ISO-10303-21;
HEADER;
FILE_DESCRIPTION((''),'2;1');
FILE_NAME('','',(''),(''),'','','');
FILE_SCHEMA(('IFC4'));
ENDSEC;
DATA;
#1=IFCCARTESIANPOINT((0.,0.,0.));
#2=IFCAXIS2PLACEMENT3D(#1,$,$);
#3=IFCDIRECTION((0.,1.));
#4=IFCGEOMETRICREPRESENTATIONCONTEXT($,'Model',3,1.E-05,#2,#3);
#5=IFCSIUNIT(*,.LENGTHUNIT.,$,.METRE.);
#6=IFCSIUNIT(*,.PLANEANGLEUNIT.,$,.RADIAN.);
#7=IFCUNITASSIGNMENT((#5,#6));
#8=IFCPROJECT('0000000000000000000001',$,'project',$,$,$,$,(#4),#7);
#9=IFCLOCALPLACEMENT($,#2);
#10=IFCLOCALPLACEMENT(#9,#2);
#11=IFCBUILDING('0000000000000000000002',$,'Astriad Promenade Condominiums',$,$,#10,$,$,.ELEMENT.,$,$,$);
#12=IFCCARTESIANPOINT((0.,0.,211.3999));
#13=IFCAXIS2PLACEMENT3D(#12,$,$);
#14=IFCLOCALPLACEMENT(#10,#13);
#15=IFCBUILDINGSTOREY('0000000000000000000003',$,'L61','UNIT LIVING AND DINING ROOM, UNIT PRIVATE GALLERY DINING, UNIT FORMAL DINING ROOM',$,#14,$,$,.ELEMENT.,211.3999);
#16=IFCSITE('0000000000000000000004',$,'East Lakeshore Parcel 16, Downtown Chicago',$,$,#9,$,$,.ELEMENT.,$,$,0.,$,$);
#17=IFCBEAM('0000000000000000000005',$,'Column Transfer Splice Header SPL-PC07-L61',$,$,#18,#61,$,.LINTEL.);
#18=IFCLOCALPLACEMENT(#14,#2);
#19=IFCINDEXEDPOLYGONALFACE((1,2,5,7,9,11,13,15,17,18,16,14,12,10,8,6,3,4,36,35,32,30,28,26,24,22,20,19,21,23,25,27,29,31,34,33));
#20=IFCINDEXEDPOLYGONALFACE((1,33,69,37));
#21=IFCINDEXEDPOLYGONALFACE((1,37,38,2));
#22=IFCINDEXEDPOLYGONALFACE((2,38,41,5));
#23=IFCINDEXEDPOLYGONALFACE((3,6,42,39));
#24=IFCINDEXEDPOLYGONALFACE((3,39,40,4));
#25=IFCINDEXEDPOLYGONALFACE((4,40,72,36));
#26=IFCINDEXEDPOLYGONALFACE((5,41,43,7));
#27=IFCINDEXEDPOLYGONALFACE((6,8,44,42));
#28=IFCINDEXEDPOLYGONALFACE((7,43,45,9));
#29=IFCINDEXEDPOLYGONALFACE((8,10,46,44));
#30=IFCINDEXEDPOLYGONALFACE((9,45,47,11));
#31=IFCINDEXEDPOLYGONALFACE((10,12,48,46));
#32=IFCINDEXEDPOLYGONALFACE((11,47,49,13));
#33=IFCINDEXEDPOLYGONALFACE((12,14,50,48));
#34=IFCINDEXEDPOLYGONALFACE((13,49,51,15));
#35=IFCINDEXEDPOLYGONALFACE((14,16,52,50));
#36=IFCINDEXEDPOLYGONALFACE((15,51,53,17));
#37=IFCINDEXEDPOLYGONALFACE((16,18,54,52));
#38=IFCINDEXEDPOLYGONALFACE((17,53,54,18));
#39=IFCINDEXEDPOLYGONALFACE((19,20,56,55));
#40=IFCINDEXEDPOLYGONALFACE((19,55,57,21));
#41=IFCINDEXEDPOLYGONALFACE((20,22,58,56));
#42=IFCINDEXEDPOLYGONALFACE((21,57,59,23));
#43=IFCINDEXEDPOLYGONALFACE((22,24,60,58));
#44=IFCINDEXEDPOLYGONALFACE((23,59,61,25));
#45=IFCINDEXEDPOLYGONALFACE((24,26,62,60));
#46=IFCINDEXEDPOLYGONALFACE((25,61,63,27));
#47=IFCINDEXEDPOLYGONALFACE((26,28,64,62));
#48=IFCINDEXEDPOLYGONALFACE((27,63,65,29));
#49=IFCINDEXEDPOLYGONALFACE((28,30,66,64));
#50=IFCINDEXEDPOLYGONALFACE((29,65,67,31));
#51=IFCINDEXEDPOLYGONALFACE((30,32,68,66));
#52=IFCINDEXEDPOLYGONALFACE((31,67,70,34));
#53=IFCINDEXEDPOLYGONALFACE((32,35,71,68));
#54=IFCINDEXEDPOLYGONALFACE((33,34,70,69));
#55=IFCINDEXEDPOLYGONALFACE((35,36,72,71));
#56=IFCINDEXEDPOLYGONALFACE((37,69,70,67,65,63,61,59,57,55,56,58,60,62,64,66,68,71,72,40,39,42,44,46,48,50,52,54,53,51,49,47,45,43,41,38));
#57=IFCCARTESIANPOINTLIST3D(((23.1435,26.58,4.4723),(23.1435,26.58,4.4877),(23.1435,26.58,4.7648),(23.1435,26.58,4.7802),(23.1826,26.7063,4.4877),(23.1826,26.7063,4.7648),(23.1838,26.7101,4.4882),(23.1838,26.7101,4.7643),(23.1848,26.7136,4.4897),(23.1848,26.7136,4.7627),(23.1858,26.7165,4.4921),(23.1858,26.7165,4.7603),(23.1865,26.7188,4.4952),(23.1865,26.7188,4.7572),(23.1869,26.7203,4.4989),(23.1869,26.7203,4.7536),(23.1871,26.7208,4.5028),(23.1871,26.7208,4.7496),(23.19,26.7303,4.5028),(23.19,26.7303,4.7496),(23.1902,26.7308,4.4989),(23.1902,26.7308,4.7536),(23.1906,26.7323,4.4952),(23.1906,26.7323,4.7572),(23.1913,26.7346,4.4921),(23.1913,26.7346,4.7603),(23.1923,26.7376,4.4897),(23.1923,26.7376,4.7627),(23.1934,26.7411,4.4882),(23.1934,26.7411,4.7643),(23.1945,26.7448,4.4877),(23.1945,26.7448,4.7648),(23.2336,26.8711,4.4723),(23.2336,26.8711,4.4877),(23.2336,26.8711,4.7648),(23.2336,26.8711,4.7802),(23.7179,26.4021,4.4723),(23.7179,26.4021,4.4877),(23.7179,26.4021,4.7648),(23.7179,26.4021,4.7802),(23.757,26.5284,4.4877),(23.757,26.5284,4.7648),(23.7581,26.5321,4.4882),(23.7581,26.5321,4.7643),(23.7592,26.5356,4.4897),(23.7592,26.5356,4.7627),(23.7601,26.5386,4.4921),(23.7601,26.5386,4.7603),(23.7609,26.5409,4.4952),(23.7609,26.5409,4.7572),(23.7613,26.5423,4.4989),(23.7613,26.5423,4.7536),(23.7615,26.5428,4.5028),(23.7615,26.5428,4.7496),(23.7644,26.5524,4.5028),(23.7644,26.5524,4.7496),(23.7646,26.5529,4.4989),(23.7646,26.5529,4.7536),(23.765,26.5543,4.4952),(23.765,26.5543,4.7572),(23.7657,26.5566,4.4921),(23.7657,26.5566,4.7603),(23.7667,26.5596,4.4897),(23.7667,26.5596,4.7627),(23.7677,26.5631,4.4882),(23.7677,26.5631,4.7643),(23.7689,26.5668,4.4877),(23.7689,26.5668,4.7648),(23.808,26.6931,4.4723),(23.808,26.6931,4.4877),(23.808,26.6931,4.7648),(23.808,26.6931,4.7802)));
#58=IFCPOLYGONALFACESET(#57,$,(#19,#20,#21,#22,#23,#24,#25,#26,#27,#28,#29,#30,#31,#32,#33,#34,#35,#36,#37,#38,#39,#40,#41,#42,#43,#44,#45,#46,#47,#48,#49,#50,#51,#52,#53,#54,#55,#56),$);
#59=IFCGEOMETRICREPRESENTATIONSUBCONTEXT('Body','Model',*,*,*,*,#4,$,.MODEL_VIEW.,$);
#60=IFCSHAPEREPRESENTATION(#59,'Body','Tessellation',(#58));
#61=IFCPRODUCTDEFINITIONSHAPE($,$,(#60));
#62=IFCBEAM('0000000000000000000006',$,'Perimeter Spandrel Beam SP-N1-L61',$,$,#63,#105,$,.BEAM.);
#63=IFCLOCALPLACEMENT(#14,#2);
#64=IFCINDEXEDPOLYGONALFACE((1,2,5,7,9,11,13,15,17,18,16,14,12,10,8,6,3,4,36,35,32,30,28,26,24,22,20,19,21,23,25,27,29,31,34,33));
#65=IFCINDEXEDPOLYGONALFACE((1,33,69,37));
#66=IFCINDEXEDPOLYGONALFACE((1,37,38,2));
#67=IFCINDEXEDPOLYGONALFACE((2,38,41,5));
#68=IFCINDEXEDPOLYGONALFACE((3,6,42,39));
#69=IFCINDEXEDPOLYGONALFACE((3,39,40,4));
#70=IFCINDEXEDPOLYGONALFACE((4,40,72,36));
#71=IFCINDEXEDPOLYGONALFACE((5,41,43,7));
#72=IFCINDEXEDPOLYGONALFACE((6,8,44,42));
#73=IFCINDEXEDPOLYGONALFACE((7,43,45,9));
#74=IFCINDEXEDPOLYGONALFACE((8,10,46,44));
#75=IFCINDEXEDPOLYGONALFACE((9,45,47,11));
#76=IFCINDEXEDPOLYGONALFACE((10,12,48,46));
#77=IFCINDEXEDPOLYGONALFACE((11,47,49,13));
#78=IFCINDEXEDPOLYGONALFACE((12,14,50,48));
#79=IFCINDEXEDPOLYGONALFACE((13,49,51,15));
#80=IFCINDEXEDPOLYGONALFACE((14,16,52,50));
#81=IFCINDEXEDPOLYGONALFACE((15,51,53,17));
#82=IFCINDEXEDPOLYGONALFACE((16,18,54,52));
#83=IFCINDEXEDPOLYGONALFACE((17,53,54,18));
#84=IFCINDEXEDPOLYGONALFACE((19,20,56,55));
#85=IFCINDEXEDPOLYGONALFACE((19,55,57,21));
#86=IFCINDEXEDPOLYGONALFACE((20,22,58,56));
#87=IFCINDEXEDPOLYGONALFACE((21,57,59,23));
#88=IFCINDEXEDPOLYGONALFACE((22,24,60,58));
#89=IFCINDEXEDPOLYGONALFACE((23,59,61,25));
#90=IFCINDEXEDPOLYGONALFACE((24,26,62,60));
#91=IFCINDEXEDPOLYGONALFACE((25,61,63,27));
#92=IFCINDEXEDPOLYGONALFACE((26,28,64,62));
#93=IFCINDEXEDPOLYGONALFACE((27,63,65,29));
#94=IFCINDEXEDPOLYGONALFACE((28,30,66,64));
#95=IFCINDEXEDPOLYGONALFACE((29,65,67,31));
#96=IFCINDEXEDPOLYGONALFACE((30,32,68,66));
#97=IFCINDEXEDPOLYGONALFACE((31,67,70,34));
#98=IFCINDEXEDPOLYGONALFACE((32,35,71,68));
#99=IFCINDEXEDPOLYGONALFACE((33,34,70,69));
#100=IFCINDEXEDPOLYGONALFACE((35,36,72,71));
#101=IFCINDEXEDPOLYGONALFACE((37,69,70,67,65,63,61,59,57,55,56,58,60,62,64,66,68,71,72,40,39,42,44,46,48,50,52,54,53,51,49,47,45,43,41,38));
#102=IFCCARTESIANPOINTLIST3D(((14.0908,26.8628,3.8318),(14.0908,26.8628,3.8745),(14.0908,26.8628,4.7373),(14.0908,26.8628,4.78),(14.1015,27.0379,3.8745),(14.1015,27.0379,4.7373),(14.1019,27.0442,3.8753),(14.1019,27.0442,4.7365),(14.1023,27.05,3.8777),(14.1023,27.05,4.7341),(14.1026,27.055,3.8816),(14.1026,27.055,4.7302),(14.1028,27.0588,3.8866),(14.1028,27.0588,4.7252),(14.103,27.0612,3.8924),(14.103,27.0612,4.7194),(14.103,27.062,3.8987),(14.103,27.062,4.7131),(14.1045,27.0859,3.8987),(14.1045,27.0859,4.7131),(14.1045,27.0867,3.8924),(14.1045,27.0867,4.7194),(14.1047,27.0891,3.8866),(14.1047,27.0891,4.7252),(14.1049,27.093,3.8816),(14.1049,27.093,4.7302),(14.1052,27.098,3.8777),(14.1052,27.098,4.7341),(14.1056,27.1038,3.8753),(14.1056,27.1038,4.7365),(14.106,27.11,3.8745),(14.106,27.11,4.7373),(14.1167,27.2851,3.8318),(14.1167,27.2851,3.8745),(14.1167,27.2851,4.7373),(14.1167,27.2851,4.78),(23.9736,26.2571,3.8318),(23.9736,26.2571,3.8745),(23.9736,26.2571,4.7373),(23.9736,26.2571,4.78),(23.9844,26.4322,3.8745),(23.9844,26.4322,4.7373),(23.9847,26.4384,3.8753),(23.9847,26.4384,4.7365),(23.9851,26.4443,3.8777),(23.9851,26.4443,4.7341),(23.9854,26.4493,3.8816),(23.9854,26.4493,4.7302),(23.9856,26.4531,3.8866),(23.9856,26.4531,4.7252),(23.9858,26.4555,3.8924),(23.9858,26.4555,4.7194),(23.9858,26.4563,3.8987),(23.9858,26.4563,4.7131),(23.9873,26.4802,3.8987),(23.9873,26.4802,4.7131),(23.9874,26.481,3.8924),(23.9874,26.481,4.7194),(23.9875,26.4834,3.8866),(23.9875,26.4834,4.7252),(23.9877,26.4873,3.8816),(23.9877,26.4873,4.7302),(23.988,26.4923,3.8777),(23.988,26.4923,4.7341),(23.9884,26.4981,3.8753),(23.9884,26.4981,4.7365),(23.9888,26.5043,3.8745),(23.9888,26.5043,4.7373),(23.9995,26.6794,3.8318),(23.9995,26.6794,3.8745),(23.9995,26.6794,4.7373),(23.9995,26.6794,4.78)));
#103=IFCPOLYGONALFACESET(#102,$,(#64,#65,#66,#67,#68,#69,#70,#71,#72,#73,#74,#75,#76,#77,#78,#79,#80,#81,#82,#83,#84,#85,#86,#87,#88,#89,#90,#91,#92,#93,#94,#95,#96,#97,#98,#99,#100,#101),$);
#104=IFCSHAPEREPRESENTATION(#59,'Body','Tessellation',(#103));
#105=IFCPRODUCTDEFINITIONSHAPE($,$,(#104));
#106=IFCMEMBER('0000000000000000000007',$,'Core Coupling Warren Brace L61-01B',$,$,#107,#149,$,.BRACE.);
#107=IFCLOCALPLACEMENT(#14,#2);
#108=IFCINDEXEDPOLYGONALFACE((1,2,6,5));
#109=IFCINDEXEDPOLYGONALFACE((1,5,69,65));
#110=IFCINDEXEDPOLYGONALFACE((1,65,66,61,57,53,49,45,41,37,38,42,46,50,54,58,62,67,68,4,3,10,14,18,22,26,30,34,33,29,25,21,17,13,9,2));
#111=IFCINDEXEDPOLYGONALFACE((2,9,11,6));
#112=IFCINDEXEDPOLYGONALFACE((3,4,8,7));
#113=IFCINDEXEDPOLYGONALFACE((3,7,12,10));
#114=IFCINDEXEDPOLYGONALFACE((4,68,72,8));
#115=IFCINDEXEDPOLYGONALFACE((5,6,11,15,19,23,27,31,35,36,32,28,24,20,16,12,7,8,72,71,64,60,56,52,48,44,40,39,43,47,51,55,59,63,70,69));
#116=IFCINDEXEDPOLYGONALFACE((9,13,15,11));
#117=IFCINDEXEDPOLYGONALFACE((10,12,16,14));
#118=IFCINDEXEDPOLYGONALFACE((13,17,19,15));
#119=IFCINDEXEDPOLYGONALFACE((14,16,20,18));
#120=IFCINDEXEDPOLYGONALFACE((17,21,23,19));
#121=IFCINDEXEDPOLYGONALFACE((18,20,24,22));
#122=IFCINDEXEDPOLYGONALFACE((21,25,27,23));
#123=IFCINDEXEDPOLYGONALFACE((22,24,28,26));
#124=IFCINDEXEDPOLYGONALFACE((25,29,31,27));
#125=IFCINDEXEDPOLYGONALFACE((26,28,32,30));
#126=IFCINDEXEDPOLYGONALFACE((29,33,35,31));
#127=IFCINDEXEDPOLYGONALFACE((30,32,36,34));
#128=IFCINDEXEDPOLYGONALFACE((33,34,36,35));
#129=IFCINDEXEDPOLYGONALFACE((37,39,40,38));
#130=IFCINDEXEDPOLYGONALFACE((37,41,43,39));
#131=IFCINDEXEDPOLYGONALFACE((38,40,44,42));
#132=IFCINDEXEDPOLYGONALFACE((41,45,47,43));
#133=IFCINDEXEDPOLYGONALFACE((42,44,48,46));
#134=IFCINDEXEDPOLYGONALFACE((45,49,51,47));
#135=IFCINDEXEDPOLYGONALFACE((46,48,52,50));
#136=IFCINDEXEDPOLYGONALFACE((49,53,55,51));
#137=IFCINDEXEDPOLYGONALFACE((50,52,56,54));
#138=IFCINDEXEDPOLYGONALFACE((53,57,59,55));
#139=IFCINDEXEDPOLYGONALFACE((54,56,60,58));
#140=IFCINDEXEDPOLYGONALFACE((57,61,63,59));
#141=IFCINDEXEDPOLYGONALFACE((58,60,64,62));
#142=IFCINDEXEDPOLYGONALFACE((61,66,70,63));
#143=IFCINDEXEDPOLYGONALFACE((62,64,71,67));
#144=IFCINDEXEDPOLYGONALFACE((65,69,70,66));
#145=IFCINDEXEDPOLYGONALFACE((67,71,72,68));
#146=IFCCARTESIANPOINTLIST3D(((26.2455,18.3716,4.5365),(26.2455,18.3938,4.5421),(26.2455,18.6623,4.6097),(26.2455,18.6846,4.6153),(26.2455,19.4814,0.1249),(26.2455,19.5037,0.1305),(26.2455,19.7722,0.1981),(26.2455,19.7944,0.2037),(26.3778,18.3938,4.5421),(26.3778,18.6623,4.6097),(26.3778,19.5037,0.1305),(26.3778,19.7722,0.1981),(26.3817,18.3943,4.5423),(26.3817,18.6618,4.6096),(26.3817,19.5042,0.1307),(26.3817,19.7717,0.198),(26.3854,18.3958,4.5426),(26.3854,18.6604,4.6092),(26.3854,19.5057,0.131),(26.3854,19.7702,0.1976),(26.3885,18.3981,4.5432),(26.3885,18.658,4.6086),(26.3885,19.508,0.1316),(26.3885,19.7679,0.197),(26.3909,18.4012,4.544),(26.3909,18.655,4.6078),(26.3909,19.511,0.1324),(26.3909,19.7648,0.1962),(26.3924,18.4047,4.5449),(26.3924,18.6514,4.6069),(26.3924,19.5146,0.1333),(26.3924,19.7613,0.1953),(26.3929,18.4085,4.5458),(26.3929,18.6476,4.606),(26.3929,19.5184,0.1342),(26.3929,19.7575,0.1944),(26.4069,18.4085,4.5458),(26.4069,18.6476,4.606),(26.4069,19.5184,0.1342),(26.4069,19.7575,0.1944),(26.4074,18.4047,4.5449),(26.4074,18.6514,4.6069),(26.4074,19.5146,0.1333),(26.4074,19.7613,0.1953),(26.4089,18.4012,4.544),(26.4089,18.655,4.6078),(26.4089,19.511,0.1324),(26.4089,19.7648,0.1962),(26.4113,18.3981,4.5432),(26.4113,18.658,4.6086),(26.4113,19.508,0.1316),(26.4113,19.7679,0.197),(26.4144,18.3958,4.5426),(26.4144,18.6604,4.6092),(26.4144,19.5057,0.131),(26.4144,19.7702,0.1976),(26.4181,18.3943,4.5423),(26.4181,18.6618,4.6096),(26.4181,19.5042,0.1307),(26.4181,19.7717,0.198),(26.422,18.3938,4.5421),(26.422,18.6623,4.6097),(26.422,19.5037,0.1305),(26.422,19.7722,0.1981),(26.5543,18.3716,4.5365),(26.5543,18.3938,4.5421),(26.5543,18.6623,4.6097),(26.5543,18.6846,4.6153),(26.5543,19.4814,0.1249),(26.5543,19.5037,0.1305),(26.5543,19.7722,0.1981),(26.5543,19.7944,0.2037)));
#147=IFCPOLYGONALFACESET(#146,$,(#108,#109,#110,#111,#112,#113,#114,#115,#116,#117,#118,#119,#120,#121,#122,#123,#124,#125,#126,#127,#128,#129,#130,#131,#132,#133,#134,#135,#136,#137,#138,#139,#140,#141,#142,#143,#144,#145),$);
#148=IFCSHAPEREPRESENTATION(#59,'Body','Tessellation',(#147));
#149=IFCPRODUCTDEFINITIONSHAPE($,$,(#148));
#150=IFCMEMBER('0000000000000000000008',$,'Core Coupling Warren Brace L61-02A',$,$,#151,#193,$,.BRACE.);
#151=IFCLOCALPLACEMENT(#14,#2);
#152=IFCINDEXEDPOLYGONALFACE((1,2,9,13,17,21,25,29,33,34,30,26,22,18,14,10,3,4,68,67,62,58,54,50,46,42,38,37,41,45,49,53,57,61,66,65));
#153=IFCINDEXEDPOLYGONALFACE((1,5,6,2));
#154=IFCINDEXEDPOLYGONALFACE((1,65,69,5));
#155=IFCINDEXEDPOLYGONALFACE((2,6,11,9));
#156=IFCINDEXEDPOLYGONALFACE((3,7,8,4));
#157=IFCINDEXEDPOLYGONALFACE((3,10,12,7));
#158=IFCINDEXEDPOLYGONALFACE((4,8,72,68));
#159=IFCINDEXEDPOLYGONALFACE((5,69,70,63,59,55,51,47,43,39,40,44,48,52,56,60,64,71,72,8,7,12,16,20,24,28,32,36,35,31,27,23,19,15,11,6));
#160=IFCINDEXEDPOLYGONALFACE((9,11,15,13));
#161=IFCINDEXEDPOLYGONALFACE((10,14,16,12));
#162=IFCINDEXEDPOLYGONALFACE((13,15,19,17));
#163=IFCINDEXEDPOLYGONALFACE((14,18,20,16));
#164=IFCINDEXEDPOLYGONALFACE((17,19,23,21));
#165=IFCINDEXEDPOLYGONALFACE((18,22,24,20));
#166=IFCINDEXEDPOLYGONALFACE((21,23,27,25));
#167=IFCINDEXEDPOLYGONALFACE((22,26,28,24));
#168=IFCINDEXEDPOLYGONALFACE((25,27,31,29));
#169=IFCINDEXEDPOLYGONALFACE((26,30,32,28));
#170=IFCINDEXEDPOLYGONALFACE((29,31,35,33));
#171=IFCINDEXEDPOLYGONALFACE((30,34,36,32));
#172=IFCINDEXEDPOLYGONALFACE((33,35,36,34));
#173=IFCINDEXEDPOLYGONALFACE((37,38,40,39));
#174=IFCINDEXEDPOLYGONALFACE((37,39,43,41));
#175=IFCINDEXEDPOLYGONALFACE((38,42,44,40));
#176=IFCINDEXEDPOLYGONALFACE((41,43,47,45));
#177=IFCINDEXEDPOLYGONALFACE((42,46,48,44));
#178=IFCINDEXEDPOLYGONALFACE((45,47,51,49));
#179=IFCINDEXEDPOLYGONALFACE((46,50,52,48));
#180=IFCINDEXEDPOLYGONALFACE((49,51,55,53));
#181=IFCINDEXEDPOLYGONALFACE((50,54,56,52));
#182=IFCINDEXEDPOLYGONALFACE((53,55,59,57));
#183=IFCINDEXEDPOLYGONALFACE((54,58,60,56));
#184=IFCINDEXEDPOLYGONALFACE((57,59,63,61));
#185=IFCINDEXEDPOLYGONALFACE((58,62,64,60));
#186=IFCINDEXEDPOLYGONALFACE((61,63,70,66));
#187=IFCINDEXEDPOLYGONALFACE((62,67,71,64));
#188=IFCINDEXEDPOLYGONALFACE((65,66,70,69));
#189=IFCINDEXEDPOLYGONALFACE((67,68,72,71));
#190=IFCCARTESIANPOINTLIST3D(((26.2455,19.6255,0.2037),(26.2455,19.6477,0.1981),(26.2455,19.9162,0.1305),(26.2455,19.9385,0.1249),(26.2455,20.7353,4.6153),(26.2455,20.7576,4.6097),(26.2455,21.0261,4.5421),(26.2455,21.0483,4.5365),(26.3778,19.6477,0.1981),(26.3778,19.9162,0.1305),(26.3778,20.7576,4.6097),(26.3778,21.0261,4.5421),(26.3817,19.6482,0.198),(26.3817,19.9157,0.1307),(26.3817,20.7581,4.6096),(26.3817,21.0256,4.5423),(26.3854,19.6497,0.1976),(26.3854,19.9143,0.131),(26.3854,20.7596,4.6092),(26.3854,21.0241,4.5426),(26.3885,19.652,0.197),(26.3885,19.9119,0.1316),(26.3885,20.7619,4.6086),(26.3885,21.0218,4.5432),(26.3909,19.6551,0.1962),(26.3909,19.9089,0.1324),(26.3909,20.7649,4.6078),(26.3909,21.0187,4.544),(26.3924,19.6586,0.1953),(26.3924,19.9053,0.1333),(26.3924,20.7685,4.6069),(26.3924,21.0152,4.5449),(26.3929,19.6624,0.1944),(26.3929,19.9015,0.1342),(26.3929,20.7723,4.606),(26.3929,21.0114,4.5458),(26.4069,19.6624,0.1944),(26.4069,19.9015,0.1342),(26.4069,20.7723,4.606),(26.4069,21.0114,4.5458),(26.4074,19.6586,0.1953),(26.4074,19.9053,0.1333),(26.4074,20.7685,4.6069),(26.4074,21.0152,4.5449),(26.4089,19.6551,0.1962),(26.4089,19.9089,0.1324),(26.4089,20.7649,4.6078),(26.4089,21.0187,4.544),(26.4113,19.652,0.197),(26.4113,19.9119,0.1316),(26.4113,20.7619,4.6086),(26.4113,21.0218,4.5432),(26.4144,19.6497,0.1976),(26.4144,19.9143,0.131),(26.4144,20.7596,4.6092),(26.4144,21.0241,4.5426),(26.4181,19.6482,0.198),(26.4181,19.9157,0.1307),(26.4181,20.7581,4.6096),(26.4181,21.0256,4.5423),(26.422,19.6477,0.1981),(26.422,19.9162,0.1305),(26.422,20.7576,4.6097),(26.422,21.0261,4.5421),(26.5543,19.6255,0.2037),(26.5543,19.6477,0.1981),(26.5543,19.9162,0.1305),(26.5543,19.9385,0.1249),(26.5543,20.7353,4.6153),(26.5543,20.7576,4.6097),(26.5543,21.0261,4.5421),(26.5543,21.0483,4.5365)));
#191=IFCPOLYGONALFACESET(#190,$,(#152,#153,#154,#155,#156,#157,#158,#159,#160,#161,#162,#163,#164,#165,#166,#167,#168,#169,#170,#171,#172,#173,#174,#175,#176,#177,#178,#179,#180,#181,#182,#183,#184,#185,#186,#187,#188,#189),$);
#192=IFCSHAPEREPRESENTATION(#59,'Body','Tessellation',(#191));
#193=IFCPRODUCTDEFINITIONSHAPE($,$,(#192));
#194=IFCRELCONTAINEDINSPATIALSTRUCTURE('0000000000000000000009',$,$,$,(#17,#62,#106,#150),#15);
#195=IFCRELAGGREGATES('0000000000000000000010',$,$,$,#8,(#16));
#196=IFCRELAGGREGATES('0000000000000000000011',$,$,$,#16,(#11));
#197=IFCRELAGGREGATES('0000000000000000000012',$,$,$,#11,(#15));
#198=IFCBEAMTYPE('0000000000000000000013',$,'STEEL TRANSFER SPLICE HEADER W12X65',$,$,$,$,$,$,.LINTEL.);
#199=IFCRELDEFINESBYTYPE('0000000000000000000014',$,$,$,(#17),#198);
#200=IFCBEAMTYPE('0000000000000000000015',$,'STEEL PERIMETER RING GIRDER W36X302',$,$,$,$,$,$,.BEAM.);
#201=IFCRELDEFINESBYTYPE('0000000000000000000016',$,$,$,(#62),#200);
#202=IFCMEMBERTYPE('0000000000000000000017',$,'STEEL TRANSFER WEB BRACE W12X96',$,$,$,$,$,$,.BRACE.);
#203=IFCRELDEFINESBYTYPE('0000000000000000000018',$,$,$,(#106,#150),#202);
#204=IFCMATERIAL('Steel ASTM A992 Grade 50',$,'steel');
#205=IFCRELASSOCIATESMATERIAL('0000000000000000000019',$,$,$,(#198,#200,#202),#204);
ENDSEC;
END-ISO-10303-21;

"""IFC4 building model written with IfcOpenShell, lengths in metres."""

from ifc_helpers import new_model, si_unit, direction, frame, origin, origin_2d, place, context, subcontext, project, spatial, i_section, extrude, source, transform, mapped, material, material_profile, profile_set, type_object, type_shapes, element, save


model = new_model("IFC4")

# Units and contexts
model_context = context("Model", 3, precision=1e-05, world=origin(), true_north=direction((0.0, 1.0)))
body_context = subcontext(model_context, "Body", "Model", "MODEL_VIEW")
ifc_project = project(units=[si_unit("LENGTHUNIT", "METRE"), si_unit("PLANEANGLEUNIT", "RADIAN")], contexts=[model_context])

# Site, building, storey
site_placement = place(None, origin())
site = spatial("IfcSite", under=ifc_project, at=site_placement, Name="East Lakeshore Parcel 16, Downtown Chicago", CompositionType="ELEMENT", RefElevation=0.0)
building_placement = place(site_placement, origin())
building = spatial("IfcBuilding", under=site, at=building_placement, Name="Astriad Promenade Condominiums", CompositionType="ELEMENT")
storey_placement = place(building_placement, frame((0.0, 0.0, 211.3999)))
storey = spatial("IfcBuildingStorey", under=building, at=storey_placement, Name="L61", Description="UNIT LIVING AND DINING ROOM, UNIT PRIVATE GALLERY DINING, UNIT FORMAL DINING ROOM", CompositionType="ELEMENT", Elevation=211.3999)

# Beams
ifc_material_1 = material(Name="Steel ASTM A992 Grade 50", Category="steel")
ifc_material_profile_1 = material_profile(ifc_material_1, i_section(OverallWidth=0.3047, OverallDepth=0.3079, WebThickness=0.01, FlangeThickness=0.0154, FilletRadius=0.0151, at=origin_2d()), Name="W12X65")
ifc_profile_set_1 = profile_set([ifc_material_profile_1], Name="Steel ASTM A992 Grade 50")
beam_type_1 = type_object("IfcBeamType", Name="STEEL TRANSFER SPLICE HEADER W12X65", PredefinedType="LINTEL", material=ifc_profile_set_1)
shared_shape_1 = source(origin(), body_context, "Body", "SweptSolid", [
    extrude(i_section(OverallWidth=0.3047, OverallDepth=0.3079, WebThickness=0.01, FlangeThickness=0.0154, FilletRadius=0.0151, at=origin_2d()), origin(), (0.0, 0.0, 1.0), 0.6013),
])
type_shapes(beam_type_1, [shared_shape_1])
beam_1_placement = place(storey_placement, frame((23.7629, 26.5476, 4.6262), z_axis=(-0.955207, 0.29594, 0.0), x_axis=(-0.29594, -0.955207, 0.0)))
element("IfcBeam", 1, at=beam_1_placement, inside=storey, type_object=beam_type_1, Name="Column Transfer Splice Header SPL-PC07-L61", PredefinedType="LINTEL", context=body_context, shape_type="MappedRepresentation", body=[
    mapped(shared_shape_1, transform((0.0, 0.0, 0.0), scale=1.0)),
])
ifc_material_profile_2 = material_profile(ifc_material_1, i_section(OverallWidth=0.4231, OverallDepth=0.9482, WebThickness=0.0239, FlangeThickness=0.0427, FilletRadius=0.0242, at=origin_2d()), Name="W36X302")
ifc_profile_set_2 = profile_set([ifc_material_profile_2], Name="Steel ASTM A992 Grade 50")
beam_type_2 = type_object("IfcBeamType", Name="STEEL PERIMETER RING GIRDER W36X302", PredefinedType="BEAM", material=ifc_profile_set_2)
shared_shape_2 = source(origin(), body_context, "Body", "SweptSolid", [
    extrude(i_section(OverallWidth=0.4231, OverallDepth=0.9482, WebThickness=0.0239, FlangeThickness=0.0427, FilletRadius=0.0242, at=origin_2d()), origin(), (0.0, 0.0, 1.0), 9.9014),
])
type_shapes(beam_type_2, [shared_shape_2])
beam_2_placement = place(storey_placement, frame((23.9866, 26.4683, 4.3059), z_axis=(-0.998127, 0.061175, 0.0), x_axis=(-0.061175, -0.998127, 0.0)))
element("IfcBeam", 2, at=beam_2_placement, inside=storey, type_object=beam_type_2, Name="Perimeter Spandrel Beam SP-N1-L61", PredefinedType="BEAM", context=body_context, shape_type="MappedRepresentation", body=[
    mapped(shared_shape_2, transform((0.0, 0.0, 0.0), scale=1.0)),
])

# Members
ifc_material_profile_3 = material_profile(ifc_material_1, i_section(OverallWidth=0.3088, OverallDepth=0.3228, WebThickness=0.0139, FlangeThickness=0.0229, FilletRadius=0.0151, at=origin_2d()), Name="W12X96")
ifc_profile_set_3 = profile_set([ifc_material_profile_3], Name="Steel ASTM A992 Grade 50")
member_type_1 = type_object("IfcMemberType", Name="STEEL TRANSFER WEB BRACE W12X96", PredefinedType="BRACE", material=ifc_profile_set_3)
shared_shape_3 = source(origin(), body_context, "Body", "SweptSolid", [
    extrude(i_section(OverallWidth=0.3088, OverallDepth=0.3228, WebThickness=0.0139, FlangeThickness=0.0229, FilletRadius=0.0151, at=origin_2d()), origin(), (0.0, 0.0, 1.0), 4.5491),
])
type_shapes(member_type_1, [shared_shape_3])
for number, where, z_axis, x_axis, name in (
    (3, (26.3999, 19.6379, 0.1643), (0.0, -0.243975, 0.969782), (1.0, 0.0, 0.0), "Core Coupling Warren Brace L61-01B"),
    (4, (26.3999, 19.782, 0.1643), (0.0, 0.243975, 0.969782), (-1.0, 0.0, 0.0), "Core Coupling Warren Brace L61-02A"),
):
    element("IfcMember", number, at=place(storey_placement, frame(where, z_axis=z_axis, x_axis=x_axis)), inside=storey, type_object=member_type_1, Name=name, PredefinedType="BRACE", context=body_context, shape_type="MappedRepresentation", body=[
        mapped(shared_shape_3, transform((0.0, 0.0, 0.0), scale=1.0)),
    ])

save(model, "model.ifc")
